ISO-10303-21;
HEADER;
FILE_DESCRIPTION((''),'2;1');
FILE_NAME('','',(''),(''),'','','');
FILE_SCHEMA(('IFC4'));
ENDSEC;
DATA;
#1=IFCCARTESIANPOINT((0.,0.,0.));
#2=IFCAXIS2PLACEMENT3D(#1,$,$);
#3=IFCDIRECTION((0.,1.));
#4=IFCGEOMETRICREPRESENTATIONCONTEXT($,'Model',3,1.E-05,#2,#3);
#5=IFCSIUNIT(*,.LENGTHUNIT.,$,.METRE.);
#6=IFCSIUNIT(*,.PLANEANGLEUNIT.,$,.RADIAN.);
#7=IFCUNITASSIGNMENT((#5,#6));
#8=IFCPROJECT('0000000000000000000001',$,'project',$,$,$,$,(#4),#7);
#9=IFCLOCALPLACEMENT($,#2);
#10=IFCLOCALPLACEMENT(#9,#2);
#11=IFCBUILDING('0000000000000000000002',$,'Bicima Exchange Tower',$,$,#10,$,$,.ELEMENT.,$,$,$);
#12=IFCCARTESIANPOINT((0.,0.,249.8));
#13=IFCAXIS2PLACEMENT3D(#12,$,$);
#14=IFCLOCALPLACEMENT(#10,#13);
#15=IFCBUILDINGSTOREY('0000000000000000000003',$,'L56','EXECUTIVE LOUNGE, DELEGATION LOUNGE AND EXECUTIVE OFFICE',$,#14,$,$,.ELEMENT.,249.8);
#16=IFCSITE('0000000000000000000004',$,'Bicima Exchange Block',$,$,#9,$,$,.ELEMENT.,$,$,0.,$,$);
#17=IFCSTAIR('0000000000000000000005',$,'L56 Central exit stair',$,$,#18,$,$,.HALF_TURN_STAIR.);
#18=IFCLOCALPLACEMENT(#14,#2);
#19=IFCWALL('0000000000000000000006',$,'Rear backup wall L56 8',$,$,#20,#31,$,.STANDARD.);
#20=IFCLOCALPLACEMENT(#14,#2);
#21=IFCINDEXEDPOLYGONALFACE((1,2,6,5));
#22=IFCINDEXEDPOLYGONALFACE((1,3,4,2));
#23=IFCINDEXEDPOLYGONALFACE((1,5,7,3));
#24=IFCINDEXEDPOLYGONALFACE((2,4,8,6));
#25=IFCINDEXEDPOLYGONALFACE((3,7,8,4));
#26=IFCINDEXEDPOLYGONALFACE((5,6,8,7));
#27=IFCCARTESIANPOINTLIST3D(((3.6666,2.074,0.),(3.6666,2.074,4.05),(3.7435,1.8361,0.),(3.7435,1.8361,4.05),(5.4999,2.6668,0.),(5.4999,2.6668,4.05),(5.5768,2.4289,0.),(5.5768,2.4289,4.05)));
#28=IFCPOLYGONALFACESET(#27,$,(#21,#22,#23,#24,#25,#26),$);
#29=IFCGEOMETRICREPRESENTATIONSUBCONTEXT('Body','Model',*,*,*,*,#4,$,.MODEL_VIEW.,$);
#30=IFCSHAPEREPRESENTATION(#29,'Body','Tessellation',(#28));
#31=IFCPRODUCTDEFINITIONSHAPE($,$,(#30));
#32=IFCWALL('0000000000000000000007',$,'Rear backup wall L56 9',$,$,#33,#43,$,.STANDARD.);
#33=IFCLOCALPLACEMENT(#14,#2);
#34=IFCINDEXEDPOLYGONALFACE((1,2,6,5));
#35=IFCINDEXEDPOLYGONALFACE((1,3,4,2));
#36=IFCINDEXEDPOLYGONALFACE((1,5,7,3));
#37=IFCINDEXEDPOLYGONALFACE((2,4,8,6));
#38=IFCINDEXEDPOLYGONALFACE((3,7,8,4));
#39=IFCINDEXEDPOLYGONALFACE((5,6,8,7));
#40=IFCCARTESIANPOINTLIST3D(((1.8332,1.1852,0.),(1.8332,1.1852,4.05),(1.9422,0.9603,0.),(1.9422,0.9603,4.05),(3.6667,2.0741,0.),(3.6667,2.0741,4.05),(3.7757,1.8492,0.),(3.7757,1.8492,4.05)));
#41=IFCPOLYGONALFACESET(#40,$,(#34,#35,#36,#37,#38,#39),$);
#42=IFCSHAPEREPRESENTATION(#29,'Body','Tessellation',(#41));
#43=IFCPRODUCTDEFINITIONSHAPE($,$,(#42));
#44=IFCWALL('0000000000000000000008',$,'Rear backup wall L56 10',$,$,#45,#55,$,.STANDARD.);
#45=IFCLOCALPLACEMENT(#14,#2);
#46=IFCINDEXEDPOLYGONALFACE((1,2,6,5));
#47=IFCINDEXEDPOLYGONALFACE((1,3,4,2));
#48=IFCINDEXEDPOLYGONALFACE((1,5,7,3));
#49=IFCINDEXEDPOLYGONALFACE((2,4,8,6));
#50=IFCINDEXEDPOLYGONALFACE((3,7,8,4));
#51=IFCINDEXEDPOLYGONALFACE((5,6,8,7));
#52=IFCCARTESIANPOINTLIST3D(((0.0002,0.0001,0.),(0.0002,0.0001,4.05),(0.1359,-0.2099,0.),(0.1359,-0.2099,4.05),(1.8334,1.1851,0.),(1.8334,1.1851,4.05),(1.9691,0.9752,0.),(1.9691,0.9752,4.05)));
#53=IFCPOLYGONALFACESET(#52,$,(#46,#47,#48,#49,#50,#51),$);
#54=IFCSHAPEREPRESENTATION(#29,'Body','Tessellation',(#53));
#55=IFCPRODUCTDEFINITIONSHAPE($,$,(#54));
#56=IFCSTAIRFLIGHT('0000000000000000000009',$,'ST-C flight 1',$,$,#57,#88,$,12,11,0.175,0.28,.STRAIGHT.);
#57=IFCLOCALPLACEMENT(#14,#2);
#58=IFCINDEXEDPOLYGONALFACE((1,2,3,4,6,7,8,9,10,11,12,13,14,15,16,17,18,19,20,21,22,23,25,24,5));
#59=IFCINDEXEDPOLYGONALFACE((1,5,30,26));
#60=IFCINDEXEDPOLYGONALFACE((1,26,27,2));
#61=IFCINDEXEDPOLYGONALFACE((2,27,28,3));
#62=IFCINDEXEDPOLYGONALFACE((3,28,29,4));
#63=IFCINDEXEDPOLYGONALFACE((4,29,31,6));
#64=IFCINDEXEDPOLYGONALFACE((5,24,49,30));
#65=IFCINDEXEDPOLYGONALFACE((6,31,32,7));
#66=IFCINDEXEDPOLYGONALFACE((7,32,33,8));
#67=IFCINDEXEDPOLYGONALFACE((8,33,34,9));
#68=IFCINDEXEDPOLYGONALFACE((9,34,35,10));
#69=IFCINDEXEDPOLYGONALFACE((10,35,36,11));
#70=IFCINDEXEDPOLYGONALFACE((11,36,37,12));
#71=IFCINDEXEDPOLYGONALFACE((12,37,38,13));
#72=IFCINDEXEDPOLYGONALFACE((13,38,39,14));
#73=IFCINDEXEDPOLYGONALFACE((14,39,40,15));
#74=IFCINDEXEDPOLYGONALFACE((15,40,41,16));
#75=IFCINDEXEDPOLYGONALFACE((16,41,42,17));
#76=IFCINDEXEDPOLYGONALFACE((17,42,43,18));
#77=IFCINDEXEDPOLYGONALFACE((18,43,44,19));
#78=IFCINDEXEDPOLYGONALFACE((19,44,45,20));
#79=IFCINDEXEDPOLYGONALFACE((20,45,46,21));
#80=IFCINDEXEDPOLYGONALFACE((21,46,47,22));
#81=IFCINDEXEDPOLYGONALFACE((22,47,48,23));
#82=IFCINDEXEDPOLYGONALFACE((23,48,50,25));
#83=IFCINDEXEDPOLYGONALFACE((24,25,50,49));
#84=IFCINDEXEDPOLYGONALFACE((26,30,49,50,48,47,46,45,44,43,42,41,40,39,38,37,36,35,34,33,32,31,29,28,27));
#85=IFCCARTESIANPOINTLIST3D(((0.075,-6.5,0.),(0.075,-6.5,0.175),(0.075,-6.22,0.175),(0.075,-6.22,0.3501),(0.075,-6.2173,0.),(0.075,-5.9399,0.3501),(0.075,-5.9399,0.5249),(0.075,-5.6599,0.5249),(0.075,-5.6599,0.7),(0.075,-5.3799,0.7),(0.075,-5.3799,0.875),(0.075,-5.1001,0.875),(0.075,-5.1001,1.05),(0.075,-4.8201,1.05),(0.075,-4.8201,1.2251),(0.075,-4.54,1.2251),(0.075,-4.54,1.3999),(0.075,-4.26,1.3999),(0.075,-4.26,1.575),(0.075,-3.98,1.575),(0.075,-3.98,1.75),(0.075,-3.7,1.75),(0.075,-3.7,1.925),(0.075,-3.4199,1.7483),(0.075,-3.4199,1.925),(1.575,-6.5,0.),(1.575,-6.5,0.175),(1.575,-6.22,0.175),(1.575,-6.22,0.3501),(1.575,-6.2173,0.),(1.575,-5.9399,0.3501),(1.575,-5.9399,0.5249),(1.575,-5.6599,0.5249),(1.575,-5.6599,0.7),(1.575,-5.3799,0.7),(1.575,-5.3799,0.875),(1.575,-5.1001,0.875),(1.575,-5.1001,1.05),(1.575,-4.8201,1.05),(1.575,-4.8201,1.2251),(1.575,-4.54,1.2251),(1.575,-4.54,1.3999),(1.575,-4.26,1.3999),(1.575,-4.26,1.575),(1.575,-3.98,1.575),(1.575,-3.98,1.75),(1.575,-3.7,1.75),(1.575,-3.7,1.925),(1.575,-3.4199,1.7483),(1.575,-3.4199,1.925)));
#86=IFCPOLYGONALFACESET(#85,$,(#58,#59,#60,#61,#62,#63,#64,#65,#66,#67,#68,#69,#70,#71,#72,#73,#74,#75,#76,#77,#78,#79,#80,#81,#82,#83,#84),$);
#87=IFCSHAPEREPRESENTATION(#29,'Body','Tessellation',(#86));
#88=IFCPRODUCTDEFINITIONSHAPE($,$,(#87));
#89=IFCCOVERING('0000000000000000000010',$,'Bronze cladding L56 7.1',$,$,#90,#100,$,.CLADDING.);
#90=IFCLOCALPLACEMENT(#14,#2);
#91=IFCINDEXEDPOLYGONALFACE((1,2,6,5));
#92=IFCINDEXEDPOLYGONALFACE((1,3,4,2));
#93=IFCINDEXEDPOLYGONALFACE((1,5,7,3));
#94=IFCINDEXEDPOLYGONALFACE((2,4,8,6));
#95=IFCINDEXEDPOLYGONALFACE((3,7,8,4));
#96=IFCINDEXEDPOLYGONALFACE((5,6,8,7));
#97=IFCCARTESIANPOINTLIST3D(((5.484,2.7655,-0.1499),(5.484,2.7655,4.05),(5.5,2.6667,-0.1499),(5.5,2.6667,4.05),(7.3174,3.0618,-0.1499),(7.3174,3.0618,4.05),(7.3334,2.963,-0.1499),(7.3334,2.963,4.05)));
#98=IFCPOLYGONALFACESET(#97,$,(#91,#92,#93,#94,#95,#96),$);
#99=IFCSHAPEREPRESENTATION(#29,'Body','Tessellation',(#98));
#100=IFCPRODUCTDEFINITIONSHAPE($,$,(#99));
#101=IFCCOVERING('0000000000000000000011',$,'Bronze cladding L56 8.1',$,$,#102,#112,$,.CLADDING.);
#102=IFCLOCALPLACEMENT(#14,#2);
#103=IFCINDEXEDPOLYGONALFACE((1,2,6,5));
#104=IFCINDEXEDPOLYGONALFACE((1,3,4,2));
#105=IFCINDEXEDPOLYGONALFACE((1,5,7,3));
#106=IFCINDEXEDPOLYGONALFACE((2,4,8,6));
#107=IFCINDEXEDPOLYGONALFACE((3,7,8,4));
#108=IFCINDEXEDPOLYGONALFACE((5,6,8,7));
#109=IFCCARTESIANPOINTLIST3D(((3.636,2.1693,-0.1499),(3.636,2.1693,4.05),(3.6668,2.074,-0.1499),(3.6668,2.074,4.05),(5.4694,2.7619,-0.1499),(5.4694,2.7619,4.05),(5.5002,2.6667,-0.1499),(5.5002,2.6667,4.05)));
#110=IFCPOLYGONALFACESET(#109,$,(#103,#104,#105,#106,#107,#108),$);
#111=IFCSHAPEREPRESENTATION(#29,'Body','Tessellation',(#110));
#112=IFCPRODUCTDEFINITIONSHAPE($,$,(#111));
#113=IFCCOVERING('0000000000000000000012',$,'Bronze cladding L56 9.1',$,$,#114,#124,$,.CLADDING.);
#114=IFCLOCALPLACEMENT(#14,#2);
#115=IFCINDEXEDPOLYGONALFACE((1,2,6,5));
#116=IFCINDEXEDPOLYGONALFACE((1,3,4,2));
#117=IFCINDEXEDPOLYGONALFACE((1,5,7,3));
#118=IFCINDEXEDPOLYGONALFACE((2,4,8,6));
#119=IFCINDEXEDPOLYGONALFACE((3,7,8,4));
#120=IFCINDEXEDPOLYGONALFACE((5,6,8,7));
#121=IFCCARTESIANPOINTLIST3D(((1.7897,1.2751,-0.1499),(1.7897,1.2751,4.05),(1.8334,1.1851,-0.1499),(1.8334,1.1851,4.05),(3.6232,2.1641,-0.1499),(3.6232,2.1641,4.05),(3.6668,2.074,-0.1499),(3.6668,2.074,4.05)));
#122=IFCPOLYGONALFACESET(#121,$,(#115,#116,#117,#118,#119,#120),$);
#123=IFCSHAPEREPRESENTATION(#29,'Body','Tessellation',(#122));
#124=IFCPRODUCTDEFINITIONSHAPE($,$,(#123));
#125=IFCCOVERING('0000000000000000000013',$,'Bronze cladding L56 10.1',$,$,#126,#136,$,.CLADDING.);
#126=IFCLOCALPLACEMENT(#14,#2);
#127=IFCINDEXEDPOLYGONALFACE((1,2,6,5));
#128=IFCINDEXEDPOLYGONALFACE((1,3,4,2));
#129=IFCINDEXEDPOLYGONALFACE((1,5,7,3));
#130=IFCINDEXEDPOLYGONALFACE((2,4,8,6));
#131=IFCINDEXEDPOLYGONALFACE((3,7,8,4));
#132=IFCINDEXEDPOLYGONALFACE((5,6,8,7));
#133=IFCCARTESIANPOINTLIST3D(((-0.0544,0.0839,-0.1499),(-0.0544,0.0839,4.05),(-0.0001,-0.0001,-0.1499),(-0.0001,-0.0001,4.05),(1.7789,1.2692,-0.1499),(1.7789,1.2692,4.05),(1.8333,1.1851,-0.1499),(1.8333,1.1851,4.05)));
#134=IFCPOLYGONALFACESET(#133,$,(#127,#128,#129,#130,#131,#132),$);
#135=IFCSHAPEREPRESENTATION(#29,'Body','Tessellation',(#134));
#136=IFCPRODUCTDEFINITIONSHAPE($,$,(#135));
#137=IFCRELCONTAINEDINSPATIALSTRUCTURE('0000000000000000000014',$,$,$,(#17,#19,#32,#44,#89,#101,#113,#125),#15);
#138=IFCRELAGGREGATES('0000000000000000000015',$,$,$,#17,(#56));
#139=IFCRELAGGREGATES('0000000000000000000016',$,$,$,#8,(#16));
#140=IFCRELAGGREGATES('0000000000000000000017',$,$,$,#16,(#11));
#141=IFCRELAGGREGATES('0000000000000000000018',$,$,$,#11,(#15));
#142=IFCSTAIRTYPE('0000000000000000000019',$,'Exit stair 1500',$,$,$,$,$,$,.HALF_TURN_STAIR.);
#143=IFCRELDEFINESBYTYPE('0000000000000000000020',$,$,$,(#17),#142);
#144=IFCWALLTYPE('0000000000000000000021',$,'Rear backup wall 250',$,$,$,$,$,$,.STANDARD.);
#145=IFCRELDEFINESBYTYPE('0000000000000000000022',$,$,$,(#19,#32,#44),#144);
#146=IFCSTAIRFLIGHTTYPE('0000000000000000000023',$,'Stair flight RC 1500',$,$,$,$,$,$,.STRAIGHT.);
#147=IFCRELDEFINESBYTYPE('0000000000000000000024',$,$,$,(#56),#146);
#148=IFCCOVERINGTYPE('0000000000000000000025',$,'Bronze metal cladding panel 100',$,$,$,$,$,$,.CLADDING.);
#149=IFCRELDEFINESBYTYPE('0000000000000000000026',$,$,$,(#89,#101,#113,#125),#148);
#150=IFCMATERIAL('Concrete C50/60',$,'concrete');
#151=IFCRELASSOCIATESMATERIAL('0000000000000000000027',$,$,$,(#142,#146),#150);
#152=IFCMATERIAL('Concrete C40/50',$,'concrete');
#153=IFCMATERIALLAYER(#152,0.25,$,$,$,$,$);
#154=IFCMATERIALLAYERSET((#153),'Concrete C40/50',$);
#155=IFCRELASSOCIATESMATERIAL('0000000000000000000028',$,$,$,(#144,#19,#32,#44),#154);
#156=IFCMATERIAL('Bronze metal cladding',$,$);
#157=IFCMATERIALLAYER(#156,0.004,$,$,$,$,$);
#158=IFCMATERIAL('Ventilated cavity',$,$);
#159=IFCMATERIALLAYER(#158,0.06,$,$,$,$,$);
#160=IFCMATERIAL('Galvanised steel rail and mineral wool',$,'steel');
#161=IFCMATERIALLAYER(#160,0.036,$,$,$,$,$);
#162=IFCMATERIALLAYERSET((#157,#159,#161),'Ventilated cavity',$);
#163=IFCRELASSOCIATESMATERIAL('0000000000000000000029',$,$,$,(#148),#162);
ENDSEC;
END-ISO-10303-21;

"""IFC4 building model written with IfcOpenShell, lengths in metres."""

from ifc_helpers import new_model, si_unit, direction, frame, frame_2d, origin, origin_2d, place, context, subcontext, project, spatial, polyline, rectangle, outline, extrude, material, layer, layer_set, layer_usage, type_object, element, aggregate, save


model = new_model("IFC4")

# Units and contexts
model_context = context("Model", 3, precision=1e-05, world=origin(), true_north=direction((0.0, 1.0)))
body_context = subcontext(model_context, "Body", "Model", "MODEL_VIEW")
ifc_project = project(units=[si_unit("LENGTHUNIT", "METRE"), si_unit("PLANEANGLEUNIT", "RADIAN")], contexts=[model_context])

# Site, building, storey
site_placement = place(None, origin())
site = spatial("IfcSite", under=ifc_project, at=site_placement, Name="Bicima Exchange Block", CompositionType="ELEMENT", RefElevation=0.0)
building_placement = place(site_placement, origin())
building = spatial("IfcBuilding", under=site, at=building_placement, Name="Bicima Exchange Tower", CompositionType="ELEMENT")
storey_placement = place(building_placement, frame((0.0, 0.0, 249.8)))
storey = spatial("IfcBuildingStorey", under=building, at=storey_placement, Name="L56", Description="EXECUTIVE LOUNGE, DELEGATION LOUNGE AND EXECUTIVE OFFICE", CompositionType="ELEMENT", Elevation=249.8)

# Stair
ifc_material_1 = material(Name="Concrete C50/60", Category="concrete")
stair_type_1 = type_object("IfcStairType", Name="Exit stair 1500", PredefinedType="HALF_TURN_STAIR", material=ifc_material_1)
stair_1_placement = place(storey_placement, origin())
stair_1 = element("IfcStair", 1, at=stair_1_placement, inside=storey, type_object=stair_type_1, Name="L56 Central exit stair", PredefinedType="HALF_TURN_STAIR")

# Shared definitions
ifc_material_2 = material(Name="Concrete C40/50", Category="concrete")

# Walls
ifc_layer_1 = layer(ifc_material_2, 0.25)
ifc_layer_set_1 = layer_set([ifc_layer_1], Name="Concrete C40/50")
ifc_layer_usage = layer_usage(ifc_layer_set_1, "AXIS2", "POSITIVE", -0.125)
wall_type_1 = type_object("IfcWallType", Name="Rear backup wall 250", PredefinedType="STANDARD", material=ifc_layer_set_1)
wall_1_placement = place(storey_placement, frame((5.5383, 2.5479, 0.0), z_axis=(0.0, 0.0, 1.0), x_axis=(-0.951496, -0.307662, 0.0)))
element("IfcWall", 2, at=wall_1_placement, inside=storey, type_object=wall_type_1, material=ifc_layer_usage, Name="Rear backup wall L56 8", PredefinedType="STANDARD", context=body_context, shape_type="SweptSolid", body=[
    extrude(rectangle(XDim=1.9268, YDim=0.25, at=frame_2d((0.9634, 0.0))), origin(), (0.0, 0.0, 1.0), 4.05),
])
wall_2_placement = place(storey_placement, frame((3.7212, 1.9617, 0.0), z_axis=(0.0, 0.0, 1.0), x_axis=(-0.899824, -0.436253, 0.0)))
element("IfcWall", 3, at=wall_2_placement, inside=storey, type_object=wall_type_1, material=ifc_layer_usage, Name="Rear backup wall L56 9", PredefinedType="STANDARD", context=body_context, shape_type="SweptSolid", body=[
    extrude(rectangle(XDim=2.0376, YDim=0.25, at=frame_2d((1.0188, 0.0))), origin(), (0.0, 0.0, 1.0), 4.05),
])
wall_3_placement = place(storey_placement, frame((1.9011, 1.0801, 0.0), z_axis=(0.0, 0.0, 1.0), x_axis=(-0.839813, -0.542876, 0.0)))
element("IfcWall", 4, at=wall_3_placement, inside=storey, type_object=wall_type_1, material=ifc_layer_usage, Name="Rear backup wall L56 10", PredefinedType="STANDARD", context=body_context, shape_type="SweptSolid", body=[
    extrude(rectangle(XDim=2.1829, YDim=0.25, at=frame_2d((1.0913, 0.0))), origin(), (0.0, 0.0, 1.0), 4.05),
])

# Stair flight
stair_flight_type = type_object("IfcStairFlightType", Name="Stair flight RC 1500", PredefinedType="STRAIGHT", material=ifc_material_1)
stair_flight_placement = place(storey_placement, frame((0.825, -6.5, 0.0), z_axis=(0.0, 0.0, 1.0), x_axis=(0.0, 1.0, 0.0)))
stair_flight = element("IfcStairFlight", 5, at=stair_flight_placement, type_object=stair_flight_type, Name="ST-C flight 1", NumberOfRisers=12, NumberOfTreads=11, PredefinedType="STRAIGHT", RiserHeight=0.175, TreadLength=0.28, context=body_context, shape_type="SweptSolid", body=[
    extrude(outline(polyline([(0.0, 0.0), (0.0, 0.175), (0.28, 0.175), (0.28, 0.3501), (0.5601, 0.3501), (0.5601, 0.5249), (0.8401, 0.5249), (0.8401, 0.7), (1.1201, 0.7), (1.1201, 0.875), (1.3999, 0.875), (1.3999, 1.05), (1.6799, 1.05), (1.6799, 1.2251), (1.96, 1.2251), (1.96, 1.3999), (2.24, 1.3999), (2.24, 1.575), (2.52, 1.575), (2.52, 1.75), (2.8, 1.75), (2.8, 1.925), (3.0801, 1.925), (3.0801, 2.1001), (3.0801, 1.7483), (0.2827, 0.0), (0.0, 0.0)])), frame((0.0, 0.75, 0.0), z_axis=(0.0, -1.0, 0.0), x_axis=(1.0, 0.0, 0.0)), (0.0, 0.0, 1.0), 1.5),
])
aggregate(stair_1, [stair_flight])

# Coverings
ifc_material_3 = material(Name="Bronze metal cladding")
ifc_layer_2 = layer(ifc_material_3, 0.004)
ifc_material_4 = material(Name="Ventilated cavity")
ifc_layer_3 = layer(ifc_material_4, 0.06)
ifc_material_5 = material(Name="Galvanised steel rail and mineral wool", Category="steel")
ifc_layer_4 = layer(ifc_material_5, 0.036)
ifc_layer_set_2 = layer_set([ifc_layer_2, ifc_layer_3, ifc_layer_4], Name="Ventilated cavity")
covering_type = type_object("IfcCoveringType", Name="Bronze metal cladding panel 100", PredefinedType="CLADDING", material=ifc_layer_set_2)
covering_1_placement = place(storey_placement, frame((6.4087, 2.8643, -0.1499), z_axis=(0.0, 0.0, 1.0), x_axis=(-0.98719, -0.15955, 0.0)))
element("IfcCovering", 6, at=covering_1_placement, inside=storey, type_object=covering_type, Name="Bronze cladding L56 7.1", PredefinedType="CLADDING", context=body_context, shape_type="SweptSolid", body=[
    extrude(rectangle(XDim=1.8572, YDim=0.1001, at=origin_2d()), origin(), (0.0, 0.0, 1.0), 4.2),
])
covering_2_placement = place(storey_placement, frame((4.5681, 2.418, -0.1499), z_axis=(0.0, 0.0, 1.0), x_axis=(-0.951525, -0.307573, 0.0)))
element("IfcCovering", 7, at=covering_2_placement, inside=storey, type_object=covering_type, Name="Bronze cladding L56 8.1", PredefinedType="CLADDING", context=body_context, shape_type="SweptSolid", body=[
    extrude(rectangle(XDim=1.9268, YDim=0.1001, at=origin_2d()), origin(), (0.0, 0.0, 1.0), 4.2),
])
covering_3_placement = place(storey_placement, frame((2.7283, 1.6746, -0.1499), z_axis=(0.0, 0.0, 1.0), x_axis=(-0.899818, -0.436265, 0.0)))
element("IfcCovering", 8, at=covering_3_placement, inside=storey, type_object=covering_type, Name="Bronze cladding L56 9.1", PredefinedType="CLADDING", context=body_context, shape_type="SweptSolid", body=[
    extrude(rectangle(XDim=2.0376, YDim=0.1001, at=origin_2d()), origin(), (0.0, 0.0, 1.0), 4.2),
])
covering_4_placement = place(storey_placement, frame((0.8894, 0.6345, -0.1499), z_axis=(0.0, 0.0, 1.0), x_axis=(-0.83979, -0.542911, 0.0)))
element("IfcCovering", 9, at=covering_4_placement, inside=storey, type_object=covering_type, Name="Bronze cladding L56 10.1", PredefinedType="CLADDING", context=body_context, shape_type="SweptSolid", body=[
    extrude(rectangle(XDim=2.1831, YDim=0.1001, at=origin_2d()), origin(), (0.0, 0.0, 1.0), 4.2),
])

save(model, "model.ifc")
